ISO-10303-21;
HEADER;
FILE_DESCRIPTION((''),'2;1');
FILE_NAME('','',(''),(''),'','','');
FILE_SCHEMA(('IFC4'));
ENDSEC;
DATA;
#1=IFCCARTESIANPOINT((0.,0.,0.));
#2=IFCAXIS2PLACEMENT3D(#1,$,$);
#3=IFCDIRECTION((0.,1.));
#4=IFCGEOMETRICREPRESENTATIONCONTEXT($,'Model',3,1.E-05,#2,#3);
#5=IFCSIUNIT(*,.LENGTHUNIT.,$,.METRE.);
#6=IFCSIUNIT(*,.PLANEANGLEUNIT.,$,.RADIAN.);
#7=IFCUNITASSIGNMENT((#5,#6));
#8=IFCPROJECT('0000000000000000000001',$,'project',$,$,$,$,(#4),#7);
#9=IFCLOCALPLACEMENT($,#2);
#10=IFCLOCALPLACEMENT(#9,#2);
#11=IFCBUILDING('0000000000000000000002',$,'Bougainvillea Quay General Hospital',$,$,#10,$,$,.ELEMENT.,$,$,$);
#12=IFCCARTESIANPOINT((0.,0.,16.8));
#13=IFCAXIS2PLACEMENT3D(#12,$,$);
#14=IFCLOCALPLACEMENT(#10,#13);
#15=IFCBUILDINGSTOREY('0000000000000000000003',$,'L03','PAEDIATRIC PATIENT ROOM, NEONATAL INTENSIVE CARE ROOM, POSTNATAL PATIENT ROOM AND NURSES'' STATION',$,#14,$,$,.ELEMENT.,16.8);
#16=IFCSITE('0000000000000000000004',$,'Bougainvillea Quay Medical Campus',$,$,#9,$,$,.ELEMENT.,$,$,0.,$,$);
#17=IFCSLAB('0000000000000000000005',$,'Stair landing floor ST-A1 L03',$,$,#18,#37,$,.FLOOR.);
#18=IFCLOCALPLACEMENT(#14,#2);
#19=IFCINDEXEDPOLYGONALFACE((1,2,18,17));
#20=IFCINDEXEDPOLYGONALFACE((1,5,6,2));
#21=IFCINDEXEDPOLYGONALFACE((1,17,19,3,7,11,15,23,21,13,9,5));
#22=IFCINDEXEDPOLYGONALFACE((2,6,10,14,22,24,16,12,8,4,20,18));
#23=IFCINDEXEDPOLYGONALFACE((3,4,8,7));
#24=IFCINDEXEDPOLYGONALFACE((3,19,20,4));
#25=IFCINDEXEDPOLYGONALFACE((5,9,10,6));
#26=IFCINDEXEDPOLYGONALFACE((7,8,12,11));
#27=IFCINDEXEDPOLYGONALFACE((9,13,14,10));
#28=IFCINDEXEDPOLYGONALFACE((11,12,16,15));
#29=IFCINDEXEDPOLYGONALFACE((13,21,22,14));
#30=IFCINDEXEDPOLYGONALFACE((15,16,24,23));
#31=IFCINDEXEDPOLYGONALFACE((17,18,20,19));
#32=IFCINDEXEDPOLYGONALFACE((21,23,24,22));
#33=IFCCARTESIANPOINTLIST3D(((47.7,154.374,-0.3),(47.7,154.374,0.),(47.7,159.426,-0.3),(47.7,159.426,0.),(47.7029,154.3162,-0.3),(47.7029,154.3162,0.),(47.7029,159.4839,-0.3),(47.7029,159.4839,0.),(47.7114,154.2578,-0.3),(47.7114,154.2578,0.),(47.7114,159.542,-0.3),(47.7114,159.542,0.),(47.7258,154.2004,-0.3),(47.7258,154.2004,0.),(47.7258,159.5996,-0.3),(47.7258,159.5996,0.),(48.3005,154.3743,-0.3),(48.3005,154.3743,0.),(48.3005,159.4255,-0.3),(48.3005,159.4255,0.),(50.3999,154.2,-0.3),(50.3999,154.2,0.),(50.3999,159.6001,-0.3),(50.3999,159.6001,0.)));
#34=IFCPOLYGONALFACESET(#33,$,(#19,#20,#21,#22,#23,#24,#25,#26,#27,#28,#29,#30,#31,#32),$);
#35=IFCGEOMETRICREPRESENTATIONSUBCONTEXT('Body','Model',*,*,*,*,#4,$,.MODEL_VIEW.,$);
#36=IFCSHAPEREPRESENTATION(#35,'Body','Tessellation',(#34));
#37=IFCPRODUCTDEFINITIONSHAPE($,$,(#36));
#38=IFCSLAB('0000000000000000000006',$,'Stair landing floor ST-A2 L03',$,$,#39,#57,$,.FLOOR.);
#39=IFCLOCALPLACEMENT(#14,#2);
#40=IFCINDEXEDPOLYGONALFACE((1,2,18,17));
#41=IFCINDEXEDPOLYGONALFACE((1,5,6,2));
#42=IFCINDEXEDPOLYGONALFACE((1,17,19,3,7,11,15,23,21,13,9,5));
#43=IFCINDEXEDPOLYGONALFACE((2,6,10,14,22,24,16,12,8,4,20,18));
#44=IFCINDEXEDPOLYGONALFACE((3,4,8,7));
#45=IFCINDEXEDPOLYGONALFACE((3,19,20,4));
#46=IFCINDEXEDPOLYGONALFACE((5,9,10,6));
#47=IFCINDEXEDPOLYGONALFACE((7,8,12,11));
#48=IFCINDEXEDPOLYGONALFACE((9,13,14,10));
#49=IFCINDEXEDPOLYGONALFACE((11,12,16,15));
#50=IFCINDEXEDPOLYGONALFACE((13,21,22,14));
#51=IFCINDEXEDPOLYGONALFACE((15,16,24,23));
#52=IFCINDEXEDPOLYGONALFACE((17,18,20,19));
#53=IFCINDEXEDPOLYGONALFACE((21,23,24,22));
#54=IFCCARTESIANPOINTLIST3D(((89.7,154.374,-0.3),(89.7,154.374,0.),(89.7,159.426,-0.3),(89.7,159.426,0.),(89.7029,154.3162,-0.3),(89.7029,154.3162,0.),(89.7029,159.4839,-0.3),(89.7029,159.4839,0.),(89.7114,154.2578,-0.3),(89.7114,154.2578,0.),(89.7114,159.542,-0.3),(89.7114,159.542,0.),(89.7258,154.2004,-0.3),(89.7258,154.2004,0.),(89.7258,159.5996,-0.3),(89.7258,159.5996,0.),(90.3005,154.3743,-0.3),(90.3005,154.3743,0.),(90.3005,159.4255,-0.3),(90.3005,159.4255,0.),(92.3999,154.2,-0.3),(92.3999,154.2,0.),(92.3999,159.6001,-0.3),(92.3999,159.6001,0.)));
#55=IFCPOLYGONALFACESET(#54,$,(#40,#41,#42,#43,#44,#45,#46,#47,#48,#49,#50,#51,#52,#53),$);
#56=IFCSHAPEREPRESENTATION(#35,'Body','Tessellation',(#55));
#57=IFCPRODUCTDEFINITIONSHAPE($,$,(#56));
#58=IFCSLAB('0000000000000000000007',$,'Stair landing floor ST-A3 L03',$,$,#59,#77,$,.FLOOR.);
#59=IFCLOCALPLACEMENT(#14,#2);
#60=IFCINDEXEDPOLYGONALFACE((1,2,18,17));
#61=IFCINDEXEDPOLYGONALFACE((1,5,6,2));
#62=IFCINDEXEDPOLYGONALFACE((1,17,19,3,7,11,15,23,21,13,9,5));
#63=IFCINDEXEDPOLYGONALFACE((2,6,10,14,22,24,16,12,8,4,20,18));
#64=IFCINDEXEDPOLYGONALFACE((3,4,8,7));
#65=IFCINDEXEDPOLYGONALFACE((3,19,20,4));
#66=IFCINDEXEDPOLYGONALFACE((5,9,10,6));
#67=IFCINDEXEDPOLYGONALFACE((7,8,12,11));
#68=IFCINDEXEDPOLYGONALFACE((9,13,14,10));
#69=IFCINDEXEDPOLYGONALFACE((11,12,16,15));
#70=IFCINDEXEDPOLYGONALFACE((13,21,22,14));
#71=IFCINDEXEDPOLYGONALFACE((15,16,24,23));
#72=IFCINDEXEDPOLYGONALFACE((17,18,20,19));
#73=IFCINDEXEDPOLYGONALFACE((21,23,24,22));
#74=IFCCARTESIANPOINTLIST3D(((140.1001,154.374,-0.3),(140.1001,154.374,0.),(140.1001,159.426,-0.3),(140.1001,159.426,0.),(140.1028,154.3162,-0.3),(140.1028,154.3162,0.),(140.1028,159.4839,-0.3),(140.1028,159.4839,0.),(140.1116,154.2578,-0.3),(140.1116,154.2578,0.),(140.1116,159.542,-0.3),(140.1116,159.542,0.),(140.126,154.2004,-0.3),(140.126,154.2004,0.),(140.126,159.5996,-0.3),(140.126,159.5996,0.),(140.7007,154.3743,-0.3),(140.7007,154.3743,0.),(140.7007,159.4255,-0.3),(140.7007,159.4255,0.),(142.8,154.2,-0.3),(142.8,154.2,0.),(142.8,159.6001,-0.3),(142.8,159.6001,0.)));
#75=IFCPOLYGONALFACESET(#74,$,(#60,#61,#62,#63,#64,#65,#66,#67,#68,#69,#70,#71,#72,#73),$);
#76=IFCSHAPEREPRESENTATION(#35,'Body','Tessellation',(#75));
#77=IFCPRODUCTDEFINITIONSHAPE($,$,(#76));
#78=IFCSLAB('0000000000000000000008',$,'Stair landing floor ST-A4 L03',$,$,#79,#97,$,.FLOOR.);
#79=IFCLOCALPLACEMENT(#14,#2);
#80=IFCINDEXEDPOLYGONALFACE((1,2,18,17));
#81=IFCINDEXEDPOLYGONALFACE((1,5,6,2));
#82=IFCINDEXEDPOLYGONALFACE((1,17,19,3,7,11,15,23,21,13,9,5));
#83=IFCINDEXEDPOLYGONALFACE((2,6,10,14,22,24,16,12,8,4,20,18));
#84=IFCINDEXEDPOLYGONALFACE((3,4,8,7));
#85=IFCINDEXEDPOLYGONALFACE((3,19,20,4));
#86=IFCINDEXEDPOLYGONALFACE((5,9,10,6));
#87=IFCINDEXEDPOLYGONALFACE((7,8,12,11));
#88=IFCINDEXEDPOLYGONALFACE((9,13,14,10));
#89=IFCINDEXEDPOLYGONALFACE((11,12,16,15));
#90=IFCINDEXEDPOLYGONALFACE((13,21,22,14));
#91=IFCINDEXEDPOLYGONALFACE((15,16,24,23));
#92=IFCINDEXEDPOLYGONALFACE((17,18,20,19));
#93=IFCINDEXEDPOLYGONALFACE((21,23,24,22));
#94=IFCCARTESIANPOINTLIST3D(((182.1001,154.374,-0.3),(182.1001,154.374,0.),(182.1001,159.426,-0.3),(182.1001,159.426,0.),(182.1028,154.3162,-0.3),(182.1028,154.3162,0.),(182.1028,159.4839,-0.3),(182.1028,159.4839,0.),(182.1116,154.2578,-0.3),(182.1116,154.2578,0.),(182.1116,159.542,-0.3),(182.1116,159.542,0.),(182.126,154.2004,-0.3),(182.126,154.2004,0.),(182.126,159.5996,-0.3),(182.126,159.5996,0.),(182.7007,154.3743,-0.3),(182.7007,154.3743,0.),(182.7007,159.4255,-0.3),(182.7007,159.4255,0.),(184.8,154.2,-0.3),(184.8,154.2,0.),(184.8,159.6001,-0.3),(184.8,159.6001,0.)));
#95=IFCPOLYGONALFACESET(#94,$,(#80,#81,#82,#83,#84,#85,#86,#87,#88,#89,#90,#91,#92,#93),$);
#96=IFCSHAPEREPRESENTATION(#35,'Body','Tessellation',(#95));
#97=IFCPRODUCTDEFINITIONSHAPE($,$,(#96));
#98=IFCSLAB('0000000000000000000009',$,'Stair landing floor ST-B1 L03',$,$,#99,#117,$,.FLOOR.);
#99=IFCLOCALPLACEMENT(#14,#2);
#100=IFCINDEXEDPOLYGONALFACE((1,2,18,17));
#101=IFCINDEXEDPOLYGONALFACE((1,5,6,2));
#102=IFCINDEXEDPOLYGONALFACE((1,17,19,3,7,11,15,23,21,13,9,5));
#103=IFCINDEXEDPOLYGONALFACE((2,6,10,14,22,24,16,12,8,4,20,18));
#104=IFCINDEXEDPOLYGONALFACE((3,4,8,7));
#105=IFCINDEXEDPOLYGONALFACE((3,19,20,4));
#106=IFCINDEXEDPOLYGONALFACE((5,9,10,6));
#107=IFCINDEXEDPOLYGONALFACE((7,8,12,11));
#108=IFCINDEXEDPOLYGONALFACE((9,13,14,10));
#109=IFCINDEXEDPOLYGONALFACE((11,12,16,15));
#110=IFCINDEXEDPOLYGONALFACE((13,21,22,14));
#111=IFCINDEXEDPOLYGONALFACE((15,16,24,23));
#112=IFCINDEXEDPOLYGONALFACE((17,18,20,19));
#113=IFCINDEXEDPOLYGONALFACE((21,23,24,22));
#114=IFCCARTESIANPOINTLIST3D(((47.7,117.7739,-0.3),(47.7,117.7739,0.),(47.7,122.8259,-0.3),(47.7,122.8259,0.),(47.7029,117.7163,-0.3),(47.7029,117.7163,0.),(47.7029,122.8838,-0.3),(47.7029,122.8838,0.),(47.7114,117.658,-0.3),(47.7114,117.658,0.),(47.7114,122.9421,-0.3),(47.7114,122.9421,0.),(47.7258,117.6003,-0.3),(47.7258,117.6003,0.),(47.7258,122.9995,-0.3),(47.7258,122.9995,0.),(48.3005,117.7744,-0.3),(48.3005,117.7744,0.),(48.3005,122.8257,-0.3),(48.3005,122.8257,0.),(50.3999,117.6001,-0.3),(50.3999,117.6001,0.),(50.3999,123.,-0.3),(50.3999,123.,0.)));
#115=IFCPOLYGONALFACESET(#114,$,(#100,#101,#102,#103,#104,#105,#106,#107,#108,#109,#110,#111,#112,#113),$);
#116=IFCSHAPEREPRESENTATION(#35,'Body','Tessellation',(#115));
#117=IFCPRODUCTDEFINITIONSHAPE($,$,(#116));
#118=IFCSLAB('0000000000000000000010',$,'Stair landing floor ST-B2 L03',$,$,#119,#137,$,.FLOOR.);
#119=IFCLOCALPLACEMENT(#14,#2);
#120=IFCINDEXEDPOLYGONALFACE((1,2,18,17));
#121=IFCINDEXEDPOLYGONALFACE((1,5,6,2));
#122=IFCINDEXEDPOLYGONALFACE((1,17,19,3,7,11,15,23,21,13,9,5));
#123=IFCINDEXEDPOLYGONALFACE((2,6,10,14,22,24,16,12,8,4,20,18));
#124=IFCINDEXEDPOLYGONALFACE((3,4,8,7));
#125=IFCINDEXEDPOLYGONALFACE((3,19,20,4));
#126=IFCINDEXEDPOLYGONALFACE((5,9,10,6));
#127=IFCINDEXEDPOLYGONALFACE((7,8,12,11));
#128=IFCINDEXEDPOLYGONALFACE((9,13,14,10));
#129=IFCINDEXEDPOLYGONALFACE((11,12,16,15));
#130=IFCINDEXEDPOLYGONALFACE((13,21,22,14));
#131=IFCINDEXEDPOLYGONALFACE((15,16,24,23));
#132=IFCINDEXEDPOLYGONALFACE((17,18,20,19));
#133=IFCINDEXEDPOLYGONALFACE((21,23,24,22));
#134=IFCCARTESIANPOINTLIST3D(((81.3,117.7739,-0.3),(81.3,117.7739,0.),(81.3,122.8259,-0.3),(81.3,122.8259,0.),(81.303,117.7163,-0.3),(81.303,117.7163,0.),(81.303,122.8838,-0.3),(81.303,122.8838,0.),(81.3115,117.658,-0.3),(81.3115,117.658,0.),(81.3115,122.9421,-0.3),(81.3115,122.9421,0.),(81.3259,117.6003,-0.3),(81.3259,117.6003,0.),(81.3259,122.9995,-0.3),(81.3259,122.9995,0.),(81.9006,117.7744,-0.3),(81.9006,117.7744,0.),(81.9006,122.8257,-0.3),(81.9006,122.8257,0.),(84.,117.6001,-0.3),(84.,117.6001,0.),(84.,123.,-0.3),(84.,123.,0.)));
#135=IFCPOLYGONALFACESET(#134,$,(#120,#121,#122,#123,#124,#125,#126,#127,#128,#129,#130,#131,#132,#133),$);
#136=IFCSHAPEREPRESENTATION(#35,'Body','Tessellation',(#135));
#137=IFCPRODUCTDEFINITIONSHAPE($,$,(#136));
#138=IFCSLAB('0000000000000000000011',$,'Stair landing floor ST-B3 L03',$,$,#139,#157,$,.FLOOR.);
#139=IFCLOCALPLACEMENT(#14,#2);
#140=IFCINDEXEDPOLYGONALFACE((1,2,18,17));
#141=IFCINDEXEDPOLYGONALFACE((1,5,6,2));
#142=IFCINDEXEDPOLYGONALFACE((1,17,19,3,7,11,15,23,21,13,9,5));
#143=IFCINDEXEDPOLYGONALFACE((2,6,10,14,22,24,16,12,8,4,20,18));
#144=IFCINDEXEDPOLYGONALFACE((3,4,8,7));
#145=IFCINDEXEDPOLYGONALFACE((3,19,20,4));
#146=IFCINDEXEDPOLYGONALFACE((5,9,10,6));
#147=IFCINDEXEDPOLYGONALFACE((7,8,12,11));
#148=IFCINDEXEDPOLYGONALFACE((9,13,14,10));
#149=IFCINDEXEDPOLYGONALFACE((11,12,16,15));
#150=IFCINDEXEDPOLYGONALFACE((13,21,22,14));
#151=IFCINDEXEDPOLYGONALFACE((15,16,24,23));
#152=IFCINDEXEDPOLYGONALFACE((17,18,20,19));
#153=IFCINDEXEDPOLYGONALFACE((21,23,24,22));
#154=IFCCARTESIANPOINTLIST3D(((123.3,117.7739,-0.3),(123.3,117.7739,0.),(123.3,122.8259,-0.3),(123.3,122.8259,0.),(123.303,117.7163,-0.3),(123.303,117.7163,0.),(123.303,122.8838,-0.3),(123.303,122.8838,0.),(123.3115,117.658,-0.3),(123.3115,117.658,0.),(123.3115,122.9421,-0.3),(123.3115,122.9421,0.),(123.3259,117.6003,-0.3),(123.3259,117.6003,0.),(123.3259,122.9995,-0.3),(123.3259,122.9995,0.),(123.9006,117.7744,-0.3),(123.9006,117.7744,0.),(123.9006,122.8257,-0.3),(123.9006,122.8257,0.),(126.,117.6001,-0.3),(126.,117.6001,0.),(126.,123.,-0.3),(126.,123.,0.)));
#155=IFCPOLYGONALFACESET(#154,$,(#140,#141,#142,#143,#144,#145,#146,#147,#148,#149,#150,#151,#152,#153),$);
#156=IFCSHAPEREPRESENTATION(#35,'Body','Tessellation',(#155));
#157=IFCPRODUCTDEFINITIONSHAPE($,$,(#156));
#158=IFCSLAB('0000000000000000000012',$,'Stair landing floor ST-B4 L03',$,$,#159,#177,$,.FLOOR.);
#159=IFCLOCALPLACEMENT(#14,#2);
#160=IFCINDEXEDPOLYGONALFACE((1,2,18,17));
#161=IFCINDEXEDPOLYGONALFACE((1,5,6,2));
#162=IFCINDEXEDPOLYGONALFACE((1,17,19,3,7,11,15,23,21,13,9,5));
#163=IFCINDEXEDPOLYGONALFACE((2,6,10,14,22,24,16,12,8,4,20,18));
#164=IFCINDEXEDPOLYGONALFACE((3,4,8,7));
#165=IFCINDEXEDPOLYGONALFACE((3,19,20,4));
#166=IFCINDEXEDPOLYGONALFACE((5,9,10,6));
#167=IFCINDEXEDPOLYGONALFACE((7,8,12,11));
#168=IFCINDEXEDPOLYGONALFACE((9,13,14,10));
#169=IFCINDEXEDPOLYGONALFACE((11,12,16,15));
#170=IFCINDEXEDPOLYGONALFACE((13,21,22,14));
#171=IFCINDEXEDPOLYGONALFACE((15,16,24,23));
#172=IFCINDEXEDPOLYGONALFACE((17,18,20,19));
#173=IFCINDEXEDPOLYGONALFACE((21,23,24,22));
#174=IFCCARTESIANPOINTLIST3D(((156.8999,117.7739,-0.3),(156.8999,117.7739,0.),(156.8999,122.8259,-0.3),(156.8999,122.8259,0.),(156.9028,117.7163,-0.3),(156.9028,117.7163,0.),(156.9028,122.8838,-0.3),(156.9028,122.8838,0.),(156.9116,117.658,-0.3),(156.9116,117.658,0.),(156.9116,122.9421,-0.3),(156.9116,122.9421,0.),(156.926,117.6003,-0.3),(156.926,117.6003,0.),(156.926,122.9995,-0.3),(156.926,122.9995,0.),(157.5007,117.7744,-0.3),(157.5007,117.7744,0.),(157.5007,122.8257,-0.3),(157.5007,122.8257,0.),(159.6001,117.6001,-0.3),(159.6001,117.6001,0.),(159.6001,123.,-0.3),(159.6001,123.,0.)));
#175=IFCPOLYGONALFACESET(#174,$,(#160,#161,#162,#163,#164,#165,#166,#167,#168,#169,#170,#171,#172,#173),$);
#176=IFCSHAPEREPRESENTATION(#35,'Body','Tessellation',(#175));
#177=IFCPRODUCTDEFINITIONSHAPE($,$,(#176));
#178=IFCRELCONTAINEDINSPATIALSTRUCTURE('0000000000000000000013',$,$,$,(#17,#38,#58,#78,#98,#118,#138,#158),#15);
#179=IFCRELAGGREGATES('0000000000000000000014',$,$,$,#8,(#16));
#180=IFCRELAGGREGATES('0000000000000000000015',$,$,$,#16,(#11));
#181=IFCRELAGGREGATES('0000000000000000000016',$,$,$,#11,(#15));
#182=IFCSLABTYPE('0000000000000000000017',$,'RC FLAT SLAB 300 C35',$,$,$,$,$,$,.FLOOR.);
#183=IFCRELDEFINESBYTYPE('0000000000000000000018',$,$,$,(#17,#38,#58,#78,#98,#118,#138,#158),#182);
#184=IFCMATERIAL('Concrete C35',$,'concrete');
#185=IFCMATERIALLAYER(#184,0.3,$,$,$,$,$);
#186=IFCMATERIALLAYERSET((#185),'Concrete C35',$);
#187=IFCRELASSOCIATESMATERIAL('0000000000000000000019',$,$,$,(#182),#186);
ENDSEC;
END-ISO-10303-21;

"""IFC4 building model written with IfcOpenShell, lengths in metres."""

from ifc_helpers import new_model, si_unit, direction, frame, origin, place, context, subcontext, project, spatial, polyline, outline, extrude, material, layer, layer_set, type_object, element, save


model = new_model("IFC4")

# Units and contexts
model_context = context("Model", 3, precision=1e-05, world=origin(), true_north=direction((0.0, 1.0)))
body_context = subcontext(model_context, "Body", "Model", "MODEL_VIEW")
ifc_project = project(units=[si_unit("LENGTHUNIT", "METRE"), si_unit("PLANEANGLEUNIT", "RADIAN")], contexts=[model_context])

# Site, building, storey
site_placement = place(None, origin())
site = spatial("IfcSite", under=ifc_project, at=site_placement, Name="Bougainvillea Quay Medical Campus", CompositionType="ELEMENT", RefElevation=0.0)
building_placement = place(site_placement, origin())
building = spatial("IfcBuilding", under=site, at=building_placement, Name="Bougainvillea Quay General Hospital", CompositionType="ELEMENT")
storey_placement = place(building_placement, frame((0.0, 0.0, 16.8)))
storey = spatial("IfcBuildingStorey", under=building, at=storey_placement, Name="L03", Description="PAEDIATRIC PATIENT ROOM, NEONATAL INTENSIVE CARE ROOM, POSTNATAL PATIENT ROOM AND NURSES' STATION", CompositionType="ELEMENT", Elevation=16.8)

# Slabs
ifc_material_1 = material(Name="Concrete C35", Category="concrete")
ifc_layer_1 = layer(ifc_material_1, 0.3)
ifc_layer_set_1 = layer_set([ifc_layer_1], Name="Concrete C35")
slab_type_1 = type_object("IfcSlabType", Name="RC FLAT SLAB 300 C35", PredefinedType="FLOOR", material=ifc_layer_set_1)
slab_1_placement = place(storey_placement, frame((0.0, 0.0, -0.3)))
element("IfcSlab", 1, at=slab_1_placement, inside=storey, type_object=slab_type_1, Name="Stair landing floor ST-A1 L03", PredefinedType="FLOOR", context=body_context, shape_type="SweptSolid", body=[
    extrude(outline(polyline([(47.7029, 159.4839), (47.7114, 159.542), (47.7258, 159.5996), (50.3999, 159.6001), (50.3999, 154.2), (47.7258, 154.2004), (47.7114, 154.2578), (47.7029, 154.3162), (47.7, 154.374), (48.3005, 154.3743), (48.3005, 159.4255), (47.7, 159.426), (47.7029, 159.4839)])), origin(), (0.0, 0.0, 1.0), 0.3),
])
slab_2_placement = place(storey_placement, frame((0.0, 0.0, -0.3)))
element("IfcSlab", 2, at=slab_2_placement, inside=storey, type_object=slab_type_1, Name="Stair landing floor ST-A2 L03", PredefinedType="FLOOR", context=body_context, shape_type="SweptSolid", body=[
    extrude(outline(polyline([(89.7029, 159.4839), (89.7114, 159.542), (89.7258, 159.5996), (92.3999, 159.6001), (92.3999, 154.2), (89.7258, 154.2004), (89.7114, 154.2578), (89.7029, 154.3162), (89.7, 154.374), (90.3005, 154.3743), (90.3005, 159.4255), (89.7, 159.426), (89.7029, 159.4839)])), origin(), (0.0, 0.0, 1.0), 0.3),
])
slab_3_placement = place(storey_placement, frame((0.0, 0.0, -0.3)))
element("IfcSlab", 3, at=slab_3_placement, inside=storey, type_object=slab_type_1, Name="Stair landing floor ST-A3 L03", PredefinedType="FLOOR", context=body_context, shape_type="SweptSolid", body=[
    extrude(outline(polyline([(140.1028, 159.4839), (140.1116, 159.542), (140.126, 159.5996), (142.8, 159.6001), (142.8, 154.2), (140.126, 154.2004), (140.1116, 154.2578), (140.1028, 154.3162), (140.1001, 154.374), (140.7007, 154.3743), (140.7007, 159.4255), (140.1001, 159.426), (140.1028, 159.4839)])), origin(), (0.0, 0.0, 1.0), 0.3),
])
slab_4_placement = place(storey_placement, frame((0.0, 0.0, -0.3)))
element("IfcSlab", 4, at=slab_4_placement, inside=storey, type_object=slab_type_1, Name="Stair landing floor ST-A4 L03", PredefinedType="FLOOR", context=body_context, shape_type="SweptSolid", body=[
    extrude(outline(polyline([(182.1028, 159.4839), (182.1116, 159.542), (182.126, 159.5996), (184.8, 159.6001), (184.8, 154.2), (182.126, 154.2004), (182.1116, 154.2578), (182.1028, 154.3162), (182.1001, 154.374), (182.7007, 154.3743), (182.7007, 159.4255), (182.1001, 159.426), (182.1028, 159.4839)])), origin(), (0.0, 0.0, 1.0), 0.3),
])
slab_5_placement = place(storey_placement, frame((0.0, 0.0, -0.3)))
element("IfcSlab", 5, at=slab_5_placement, inside=storey, type_object=slab_type_1, Name="Stair landing floor ST-B1 L03", PredefinedType="FLOOR", context=body_context, shape_type="SweptSolid", body=[
    extrude(outline(polyline([(47.7029, 122.8838), (47.7114, 122.9421), (47.7258, 122.9995), (50.3999, 123.0), (50.3999, 117.6001), (47.7258, 117.6003), (47.7114, 117.658), (47.7029, 117.7163), (47.7, 117.7739), (48.3005, 117.7744), (48.3005, 122.8257), (47.7, 122.8259), (47.7029, 122.8838)])), origin(), (0.0, 0.0, 1.0), 0.3),
])
slab_6_placement = place(storey_placement, frame((0.0, 0.0, -0.3)))
element("IfcSlab", 6, at=slab_6_placement, inside=storey, type_object=slab_type_1, Name="Stair landing floor ST-B2 L03", PredefinedType="FLOOR", context=body_context, shape_type="SweptSolid", body=[
    extrude(outline(polyline([(81.303, 122.8838), (81.3115, 122.9421), (81.3259, 122.9995), (84.0, 123.0), (84.0, 117.6001), (81.3259, 117.6003), (81.3115, 117.658), (81.303, 117.7163), (81.3, 117.7739), (81.9006, 117.7744), (81.9006, 122.8257), (81.3, 122.8259), (81.303, 122.8838)])), origin(), (0.0, 0.0, 1.0), 0.3),
])
slab_7_placement = place(storey_placement, frame((0.0, 0.0, -0.3)))
element("IfcSlab", 7, at=slab_7_placement, inside=storey, type_object=slab_type_1, Name="Stair landing floor ST-B3 L03", PredefinedType="FLOOR", context=body_context, shape_type="SweptSolid", body=[
    extrude(outline(polyline([(123.303, 122.8838), (123.3115, 122.9421), (123.3259, 122.9995), (126.0, 123.0), (126.0, 117.6001), (123.3259, 117.6003), (123.3115, 117.658), (123.303, 117.7163), (123.3, 117.7739), (123.9006, 117.7744), (123.9006, 122.8257), (123.3, 122.8259), (123.303, 122.8838)])), origin(), (0.0, 0.0, 1.0), 0.3),
])
slab_8_placement = place(storey_placement, frame((0.0, 0.0, -0.3)))
element("IfcSlab", 8, at=slab_8_placement, inside=storey, type_object=slab_type_1, Name="Stair landing floor ST-B4 L03", PredefinedType="FLOOR", context=body_context, shape_type="SweptSolid", body=[
    extrude(outline(polyline([(156.9028, 122.8838), (156.9116, 122.9421), (156.926, 122.9995), (159.6001, 123.0), (159.6001, 117.6001), (156.926, 117.6003), (156.9116, 117.658), (156.9028, 117.7163), (156.8999, 117.7739), (157.5007, 117.7744), (157.5007, 122.8257), (156.8999, 122.8259), (156.9028, 122.8838)])), origin(), (0.0, 0.0, 1.0), 0.3),
])

save(model, "model.ifc")
